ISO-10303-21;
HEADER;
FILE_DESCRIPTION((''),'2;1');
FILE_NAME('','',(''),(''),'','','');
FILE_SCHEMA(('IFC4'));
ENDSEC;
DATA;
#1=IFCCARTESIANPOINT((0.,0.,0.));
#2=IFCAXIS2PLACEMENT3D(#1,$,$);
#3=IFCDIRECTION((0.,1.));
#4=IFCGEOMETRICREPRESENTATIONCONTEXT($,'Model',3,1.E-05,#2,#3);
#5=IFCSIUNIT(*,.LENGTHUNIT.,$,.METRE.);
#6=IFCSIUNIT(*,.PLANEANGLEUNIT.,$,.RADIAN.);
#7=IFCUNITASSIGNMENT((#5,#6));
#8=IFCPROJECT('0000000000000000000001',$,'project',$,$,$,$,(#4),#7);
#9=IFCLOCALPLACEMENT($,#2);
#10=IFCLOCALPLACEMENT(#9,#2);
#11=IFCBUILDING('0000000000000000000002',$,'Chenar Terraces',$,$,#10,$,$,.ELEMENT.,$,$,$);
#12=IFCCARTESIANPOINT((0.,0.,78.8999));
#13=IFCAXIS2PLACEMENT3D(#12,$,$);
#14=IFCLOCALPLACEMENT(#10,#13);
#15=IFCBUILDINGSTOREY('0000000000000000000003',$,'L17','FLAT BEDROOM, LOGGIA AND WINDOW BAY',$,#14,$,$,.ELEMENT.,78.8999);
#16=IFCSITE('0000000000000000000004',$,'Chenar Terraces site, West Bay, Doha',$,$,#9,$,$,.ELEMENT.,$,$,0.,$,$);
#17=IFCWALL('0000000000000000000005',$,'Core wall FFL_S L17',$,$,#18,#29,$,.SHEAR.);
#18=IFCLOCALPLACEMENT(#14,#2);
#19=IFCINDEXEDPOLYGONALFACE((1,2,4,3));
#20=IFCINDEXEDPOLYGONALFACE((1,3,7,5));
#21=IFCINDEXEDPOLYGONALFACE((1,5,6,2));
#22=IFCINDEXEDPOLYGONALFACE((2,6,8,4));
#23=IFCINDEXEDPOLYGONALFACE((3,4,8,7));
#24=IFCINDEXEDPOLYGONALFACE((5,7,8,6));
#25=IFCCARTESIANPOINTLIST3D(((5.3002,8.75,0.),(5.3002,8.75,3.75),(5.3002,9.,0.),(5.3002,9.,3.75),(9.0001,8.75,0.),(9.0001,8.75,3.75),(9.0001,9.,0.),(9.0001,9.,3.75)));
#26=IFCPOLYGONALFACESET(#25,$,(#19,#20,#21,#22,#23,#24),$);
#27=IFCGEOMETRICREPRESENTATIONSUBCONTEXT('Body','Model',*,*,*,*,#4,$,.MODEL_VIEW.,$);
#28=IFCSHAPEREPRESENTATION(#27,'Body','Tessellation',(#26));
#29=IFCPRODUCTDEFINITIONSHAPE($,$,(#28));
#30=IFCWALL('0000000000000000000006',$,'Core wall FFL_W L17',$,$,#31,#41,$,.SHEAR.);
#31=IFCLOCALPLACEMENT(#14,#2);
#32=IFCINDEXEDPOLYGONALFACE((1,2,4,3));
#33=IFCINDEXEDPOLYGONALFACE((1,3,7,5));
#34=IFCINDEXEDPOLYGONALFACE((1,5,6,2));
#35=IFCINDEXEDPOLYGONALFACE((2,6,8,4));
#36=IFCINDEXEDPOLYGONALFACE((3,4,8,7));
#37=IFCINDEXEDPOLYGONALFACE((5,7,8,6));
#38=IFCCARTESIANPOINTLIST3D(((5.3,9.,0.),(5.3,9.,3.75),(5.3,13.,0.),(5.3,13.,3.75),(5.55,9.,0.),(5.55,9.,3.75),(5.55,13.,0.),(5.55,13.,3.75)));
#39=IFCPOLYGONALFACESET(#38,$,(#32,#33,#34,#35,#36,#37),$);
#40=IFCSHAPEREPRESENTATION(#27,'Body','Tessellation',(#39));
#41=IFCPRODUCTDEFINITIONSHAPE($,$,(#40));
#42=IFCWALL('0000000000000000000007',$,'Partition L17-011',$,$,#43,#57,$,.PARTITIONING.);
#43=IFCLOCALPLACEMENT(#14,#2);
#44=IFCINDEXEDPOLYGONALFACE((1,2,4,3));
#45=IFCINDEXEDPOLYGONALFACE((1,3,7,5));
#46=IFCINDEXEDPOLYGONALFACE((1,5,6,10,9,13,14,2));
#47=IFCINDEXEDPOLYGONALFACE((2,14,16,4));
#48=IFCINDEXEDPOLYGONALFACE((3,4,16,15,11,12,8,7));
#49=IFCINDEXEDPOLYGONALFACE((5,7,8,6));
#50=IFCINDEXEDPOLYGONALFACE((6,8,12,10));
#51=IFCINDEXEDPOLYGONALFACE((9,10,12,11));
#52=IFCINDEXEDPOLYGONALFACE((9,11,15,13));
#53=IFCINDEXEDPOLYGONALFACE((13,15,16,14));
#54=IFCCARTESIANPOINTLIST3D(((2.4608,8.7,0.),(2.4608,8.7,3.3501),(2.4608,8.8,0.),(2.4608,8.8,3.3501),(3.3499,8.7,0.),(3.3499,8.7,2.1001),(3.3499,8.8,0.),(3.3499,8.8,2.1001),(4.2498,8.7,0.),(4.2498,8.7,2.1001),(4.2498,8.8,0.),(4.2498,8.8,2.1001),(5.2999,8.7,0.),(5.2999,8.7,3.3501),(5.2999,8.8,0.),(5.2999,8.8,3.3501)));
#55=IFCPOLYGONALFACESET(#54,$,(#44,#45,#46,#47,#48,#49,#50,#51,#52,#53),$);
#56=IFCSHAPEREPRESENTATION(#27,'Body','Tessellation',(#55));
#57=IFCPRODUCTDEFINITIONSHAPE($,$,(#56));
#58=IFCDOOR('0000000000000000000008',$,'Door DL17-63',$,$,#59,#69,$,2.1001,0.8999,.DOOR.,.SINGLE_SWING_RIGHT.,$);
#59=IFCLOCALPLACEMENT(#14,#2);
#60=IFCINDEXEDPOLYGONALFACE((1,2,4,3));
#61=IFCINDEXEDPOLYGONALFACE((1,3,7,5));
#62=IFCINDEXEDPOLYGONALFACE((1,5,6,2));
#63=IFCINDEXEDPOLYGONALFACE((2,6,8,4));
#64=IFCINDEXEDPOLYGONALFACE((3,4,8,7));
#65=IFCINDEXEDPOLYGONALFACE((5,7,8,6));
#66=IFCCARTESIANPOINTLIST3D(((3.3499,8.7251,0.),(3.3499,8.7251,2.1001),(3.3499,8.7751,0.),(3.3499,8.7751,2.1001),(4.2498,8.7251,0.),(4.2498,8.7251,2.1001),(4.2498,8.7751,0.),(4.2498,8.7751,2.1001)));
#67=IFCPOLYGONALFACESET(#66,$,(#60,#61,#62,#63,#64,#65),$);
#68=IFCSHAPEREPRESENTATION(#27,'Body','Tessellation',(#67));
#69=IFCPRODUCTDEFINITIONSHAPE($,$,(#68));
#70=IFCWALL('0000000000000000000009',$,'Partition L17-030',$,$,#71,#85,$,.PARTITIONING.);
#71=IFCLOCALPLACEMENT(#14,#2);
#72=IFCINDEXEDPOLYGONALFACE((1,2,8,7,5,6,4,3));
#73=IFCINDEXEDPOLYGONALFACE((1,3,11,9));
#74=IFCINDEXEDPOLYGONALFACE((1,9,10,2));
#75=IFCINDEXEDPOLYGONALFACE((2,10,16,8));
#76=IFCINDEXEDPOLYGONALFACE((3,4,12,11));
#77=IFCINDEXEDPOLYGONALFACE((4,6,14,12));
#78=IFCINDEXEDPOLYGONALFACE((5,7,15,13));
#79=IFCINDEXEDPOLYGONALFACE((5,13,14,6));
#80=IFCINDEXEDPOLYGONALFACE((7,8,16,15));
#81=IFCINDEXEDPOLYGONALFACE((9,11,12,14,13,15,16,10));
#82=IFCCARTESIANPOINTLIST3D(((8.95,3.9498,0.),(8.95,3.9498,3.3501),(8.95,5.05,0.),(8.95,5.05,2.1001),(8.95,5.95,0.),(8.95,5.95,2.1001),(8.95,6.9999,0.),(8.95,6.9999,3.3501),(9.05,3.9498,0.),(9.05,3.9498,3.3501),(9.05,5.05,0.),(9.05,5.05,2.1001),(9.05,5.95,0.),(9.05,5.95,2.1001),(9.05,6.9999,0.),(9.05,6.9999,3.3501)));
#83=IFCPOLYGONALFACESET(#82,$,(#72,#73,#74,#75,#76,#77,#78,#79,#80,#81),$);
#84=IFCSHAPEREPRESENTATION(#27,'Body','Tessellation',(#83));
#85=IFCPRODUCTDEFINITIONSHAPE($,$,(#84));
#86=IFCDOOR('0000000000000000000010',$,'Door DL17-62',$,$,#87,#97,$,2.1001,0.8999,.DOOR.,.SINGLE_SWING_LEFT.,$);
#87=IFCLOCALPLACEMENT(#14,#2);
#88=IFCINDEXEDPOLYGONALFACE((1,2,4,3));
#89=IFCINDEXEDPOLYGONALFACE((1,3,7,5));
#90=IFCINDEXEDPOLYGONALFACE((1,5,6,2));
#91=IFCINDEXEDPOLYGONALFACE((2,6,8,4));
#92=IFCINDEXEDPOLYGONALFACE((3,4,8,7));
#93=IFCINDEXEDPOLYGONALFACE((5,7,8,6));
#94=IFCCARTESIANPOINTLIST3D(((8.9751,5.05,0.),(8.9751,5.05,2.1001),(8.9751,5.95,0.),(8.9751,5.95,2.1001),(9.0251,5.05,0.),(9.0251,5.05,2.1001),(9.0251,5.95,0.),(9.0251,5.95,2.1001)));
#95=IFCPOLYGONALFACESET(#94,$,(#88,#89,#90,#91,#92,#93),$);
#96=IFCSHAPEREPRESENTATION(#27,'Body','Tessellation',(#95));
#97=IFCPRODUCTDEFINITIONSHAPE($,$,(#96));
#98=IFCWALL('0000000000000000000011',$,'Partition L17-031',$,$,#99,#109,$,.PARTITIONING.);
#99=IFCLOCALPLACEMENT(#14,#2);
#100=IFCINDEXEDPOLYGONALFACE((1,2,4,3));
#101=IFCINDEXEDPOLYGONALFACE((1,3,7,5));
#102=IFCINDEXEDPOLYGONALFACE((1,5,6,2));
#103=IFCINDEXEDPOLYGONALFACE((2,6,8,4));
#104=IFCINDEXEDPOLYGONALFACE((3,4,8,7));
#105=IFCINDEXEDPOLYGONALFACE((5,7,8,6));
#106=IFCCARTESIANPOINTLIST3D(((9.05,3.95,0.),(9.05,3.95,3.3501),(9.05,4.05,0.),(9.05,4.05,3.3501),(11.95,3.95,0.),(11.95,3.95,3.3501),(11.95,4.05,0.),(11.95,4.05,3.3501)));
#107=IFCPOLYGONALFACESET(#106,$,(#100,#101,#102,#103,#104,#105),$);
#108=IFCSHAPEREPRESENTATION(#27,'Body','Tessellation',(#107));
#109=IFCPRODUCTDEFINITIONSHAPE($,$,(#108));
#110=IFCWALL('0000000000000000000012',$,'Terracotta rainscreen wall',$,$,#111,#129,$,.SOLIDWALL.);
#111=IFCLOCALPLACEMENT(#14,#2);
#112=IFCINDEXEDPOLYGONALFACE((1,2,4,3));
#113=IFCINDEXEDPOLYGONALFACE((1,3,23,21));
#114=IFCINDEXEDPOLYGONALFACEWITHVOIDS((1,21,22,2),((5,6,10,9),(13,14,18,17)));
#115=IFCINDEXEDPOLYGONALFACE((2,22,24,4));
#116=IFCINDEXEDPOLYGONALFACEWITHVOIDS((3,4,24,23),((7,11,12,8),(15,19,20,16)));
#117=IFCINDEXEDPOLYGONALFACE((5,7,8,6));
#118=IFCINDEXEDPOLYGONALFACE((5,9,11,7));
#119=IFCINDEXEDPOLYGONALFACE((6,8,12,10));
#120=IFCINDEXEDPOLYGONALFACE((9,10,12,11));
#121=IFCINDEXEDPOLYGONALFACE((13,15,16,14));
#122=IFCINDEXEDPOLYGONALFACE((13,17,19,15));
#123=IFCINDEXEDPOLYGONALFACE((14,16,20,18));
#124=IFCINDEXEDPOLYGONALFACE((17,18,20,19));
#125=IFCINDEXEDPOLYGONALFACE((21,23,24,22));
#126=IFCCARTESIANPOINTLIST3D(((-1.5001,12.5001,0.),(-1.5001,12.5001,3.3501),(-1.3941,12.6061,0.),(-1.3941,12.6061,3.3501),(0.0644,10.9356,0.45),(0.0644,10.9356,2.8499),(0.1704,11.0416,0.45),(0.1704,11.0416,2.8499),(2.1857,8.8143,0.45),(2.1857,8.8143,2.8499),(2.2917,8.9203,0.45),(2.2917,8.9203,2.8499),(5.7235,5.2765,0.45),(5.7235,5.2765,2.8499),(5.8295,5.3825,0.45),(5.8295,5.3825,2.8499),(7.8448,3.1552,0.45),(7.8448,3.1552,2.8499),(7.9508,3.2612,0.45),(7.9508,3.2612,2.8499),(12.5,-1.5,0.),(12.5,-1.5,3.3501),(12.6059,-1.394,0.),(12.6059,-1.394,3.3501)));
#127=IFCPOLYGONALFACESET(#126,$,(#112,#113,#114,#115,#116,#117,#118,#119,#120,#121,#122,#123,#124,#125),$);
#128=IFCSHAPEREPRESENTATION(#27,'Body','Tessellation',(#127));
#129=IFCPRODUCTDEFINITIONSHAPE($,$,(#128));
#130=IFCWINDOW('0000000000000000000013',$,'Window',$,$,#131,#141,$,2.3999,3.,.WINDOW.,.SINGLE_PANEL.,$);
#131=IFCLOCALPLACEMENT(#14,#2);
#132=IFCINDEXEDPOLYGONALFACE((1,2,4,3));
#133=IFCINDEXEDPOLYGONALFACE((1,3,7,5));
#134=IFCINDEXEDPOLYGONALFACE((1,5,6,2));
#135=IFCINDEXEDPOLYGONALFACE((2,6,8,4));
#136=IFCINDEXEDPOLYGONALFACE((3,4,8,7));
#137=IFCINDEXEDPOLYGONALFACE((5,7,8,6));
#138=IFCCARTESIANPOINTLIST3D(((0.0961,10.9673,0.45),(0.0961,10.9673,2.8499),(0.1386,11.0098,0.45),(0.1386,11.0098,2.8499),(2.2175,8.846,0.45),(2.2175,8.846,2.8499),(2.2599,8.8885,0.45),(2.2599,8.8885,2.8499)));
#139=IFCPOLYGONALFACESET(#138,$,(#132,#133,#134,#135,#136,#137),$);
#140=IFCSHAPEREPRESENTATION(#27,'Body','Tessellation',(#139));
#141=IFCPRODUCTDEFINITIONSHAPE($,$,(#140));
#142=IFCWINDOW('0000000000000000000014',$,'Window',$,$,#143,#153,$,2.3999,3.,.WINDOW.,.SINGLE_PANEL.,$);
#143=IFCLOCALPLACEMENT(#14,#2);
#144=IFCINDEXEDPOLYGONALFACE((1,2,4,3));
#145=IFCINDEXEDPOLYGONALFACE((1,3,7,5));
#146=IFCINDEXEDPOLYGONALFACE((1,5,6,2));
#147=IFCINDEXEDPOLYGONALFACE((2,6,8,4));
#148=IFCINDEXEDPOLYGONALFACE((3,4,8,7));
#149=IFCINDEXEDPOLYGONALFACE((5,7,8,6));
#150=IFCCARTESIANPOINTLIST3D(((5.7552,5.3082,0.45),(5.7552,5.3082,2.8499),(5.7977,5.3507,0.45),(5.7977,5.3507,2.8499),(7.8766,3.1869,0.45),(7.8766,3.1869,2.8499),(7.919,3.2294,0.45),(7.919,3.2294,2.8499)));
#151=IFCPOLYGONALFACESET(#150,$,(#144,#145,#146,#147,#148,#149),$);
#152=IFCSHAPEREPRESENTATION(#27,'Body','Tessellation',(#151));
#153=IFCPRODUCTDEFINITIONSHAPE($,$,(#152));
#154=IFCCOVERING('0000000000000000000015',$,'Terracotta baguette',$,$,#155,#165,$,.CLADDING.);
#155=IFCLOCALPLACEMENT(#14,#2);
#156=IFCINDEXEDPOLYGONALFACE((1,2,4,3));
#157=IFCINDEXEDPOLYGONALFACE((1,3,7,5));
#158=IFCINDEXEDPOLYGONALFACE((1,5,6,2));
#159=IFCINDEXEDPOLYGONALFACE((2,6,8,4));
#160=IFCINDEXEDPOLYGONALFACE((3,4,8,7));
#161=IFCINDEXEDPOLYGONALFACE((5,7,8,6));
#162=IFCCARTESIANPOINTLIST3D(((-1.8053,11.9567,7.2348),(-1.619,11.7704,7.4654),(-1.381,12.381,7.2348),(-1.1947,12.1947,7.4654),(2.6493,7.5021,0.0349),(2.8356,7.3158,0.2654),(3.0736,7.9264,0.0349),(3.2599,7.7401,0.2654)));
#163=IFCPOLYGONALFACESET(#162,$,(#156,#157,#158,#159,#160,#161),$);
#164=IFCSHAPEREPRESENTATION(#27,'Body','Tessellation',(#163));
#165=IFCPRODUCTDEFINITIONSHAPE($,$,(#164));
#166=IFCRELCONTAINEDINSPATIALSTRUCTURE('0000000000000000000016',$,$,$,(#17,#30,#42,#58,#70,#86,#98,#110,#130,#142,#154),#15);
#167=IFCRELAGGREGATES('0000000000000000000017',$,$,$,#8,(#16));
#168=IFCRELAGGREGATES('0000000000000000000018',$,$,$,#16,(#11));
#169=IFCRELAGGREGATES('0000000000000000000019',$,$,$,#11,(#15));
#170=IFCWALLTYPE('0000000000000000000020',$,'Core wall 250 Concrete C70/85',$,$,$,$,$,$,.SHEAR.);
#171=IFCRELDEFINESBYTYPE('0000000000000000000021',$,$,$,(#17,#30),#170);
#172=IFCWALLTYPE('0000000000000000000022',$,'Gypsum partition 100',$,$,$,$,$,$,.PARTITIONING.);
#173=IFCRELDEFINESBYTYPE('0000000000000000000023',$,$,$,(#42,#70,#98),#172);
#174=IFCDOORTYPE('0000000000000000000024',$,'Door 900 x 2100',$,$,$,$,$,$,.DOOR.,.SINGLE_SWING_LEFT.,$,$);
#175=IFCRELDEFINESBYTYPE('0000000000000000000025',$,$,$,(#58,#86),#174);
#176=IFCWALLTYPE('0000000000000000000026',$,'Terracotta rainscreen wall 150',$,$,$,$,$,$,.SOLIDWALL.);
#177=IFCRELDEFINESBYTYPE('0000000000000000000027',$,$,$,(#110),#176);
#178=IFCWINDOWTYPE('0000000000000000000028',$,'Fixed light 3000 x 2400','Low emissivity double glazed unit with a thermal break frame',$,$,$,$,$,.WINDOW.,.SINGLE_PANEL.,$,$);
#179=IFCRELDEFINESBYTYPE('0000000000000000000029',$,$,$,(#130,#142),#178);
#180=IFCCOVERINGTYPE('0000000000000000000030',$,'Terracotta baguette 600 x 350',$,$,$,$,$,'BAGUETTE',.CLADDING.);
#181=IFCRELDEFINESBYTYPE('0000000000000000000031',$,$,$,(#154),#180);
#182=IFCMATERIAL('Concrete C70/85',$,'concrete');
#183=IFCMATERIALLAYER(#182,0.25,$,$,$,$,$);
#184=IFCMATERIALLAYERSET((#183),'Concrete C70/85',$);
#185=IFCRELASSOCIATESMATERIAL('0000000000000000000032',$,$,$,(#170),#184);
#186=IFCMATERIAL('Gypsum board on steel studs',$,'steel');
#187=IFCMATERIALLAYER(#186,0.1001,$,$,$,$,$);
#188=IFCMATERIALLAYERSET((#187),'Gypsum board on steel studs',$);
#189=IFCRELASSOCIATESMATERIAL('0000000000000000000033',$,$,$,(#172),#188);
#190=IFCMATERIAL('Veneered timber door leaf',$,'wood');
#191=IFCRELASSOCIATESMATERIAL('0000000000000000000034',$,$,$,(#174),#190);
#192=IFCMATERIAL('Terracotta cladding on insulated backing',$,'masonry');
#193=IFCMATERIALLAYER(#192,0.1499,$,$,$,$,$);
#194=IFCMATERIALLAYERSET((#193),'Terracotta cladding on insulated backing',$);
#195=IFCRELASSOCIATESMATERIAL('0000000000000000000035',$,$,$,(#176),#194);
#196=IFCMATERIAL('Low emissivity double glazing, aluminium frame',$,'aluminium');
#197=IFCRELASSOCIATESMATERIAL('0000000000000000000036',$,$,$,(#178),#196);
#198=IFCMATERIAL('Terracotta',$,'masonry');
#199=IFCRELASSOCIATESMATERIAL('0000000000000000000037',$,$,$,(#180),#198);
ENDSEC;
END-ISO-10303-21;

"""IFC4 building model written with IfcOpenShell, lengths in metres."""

from ifc_helpers import new_model, si_unit, direction, frame, frame_2d, origin, origin_2d, place, context, subcontext, project, spatial, rectangle, extrude, material, layer, layer_set, material_profile, profile_set, type_object, element, fill, save


model = new_model("IFC4")

# Units and contexts
model_context = context("Model", 3, precision=1e-05, world=origin(), true_north=direction((0.0, 1.0)))
body_context = subcontext(model_context, "Body", "Model", "MODEL_VIEW")
ifc_project = project(units=[si_unit("LENGTHUNIT", "METRE"), si_unit("PLANEANGLEUNIT", "RADIAN")], contexts=[model_context])

# Site, building, storey
site_placement = place(None, origin())
site = spatial("IfcSite", under=ifc_project, at=site_placement, Name="Chenar Terraces site, West Bay, Doha", CompositionType="ELEMENT", RefElevation=0.0)
building_placement = place(site_placement, origin())
building = spatial("IfcBuilding", under=site, at=building_placement, Name="Chenar Terraces", CompositionType="ELEMENT")
storey_placement = place(building_placement, frame((0.0, 0.0, 78.8999)))
storey = spatial("IfcBuildingStorey", under=building, at=storey_placement, Name="L17", Description="FLAT BEDROOM, LOGGIA AND WINDOW BAY", CompositionType="ELEMENT", Elevation=78.8999)

# Shared definitions
ifc_material_1 = material(Name="Concrete C70/85", Category="concrete")
ifc_layer_1 = layer(ifc_material_1, 0.25)
ifc_layer_set_1 = layer_set([ifc_layer_1], Name="Concrete C70/85")
wall_type_1 = type_object("IfcWallType", Name="Core wall 250 Concrete C70/85", PredefinedType="SHEAR", material=ifc_layer_set_1)

# Walls
wall_1_placement = place(storey_placement, frame((5.3, 8.875, 0.0), z_axis=(0.0, 0.0, 1.0), x_axis=(1.0, 0.0, 0.0)))
element("IfcWall", 1, at=wall_1_placement, inside=storey, type_object=wall_type_1, Name="Core wall FFL_S L17", PredefinedType="SHEAR", context=body_context, shape_type="SweptSolid", body=[
    extrude(rectangle(XDim=3.7, YDim=0.25, at=frame_2d((1.8501, 0.0))), origin(), (0.0, 0.0, 1.0), 3.75),
])
wall_2_placement = place(storey_placement, frame((5.425, 9.0, 0.0), z_axis=(0.0, 0.0, 1.0), x_axis=(0.0, 1.0, 0.0)))
element("IfcWall", 2, at=wall_2_placement, inside=storey, type_object=wall_type_1, Name="Core wall FFL_W L17", PredefinedType="SHEAR", context=body_context, shape_type="SweptSolid", body=[
    extrude(rectangle(XDim=4.0, YDim=0.25, at=frame_2d((2.0, 0.0))), origin(), (0.0, 0.0, 1.0), 3.75),
])

# Walls, openings, doors
ifc_material_2 = material(Name="Gypsum board on steel studs", Category="steel")
ifc_layer_2 = layer(ifc_material_2, 0.1001)
ifc_layer_set_2 = layer_set([ifc_layer_2], Name="Gypsum board on steel studs")
wall_type_2 = type_object("IfcWallType", Name="Gypsum partition 100", PredefinedType="PARTITIONING", material=ifc_layer_set_2)
wall_3_placement = place(storey_placement, frame((2.4609, 8.75, 0.0), z_axis=(0.0, 0.0, 1.0), x_axis=(1.0, 0.0, 0.0)))
wall_3 = element("IfcWall", 3, at=wall_3_placement, inside=storey, type_object=wall_type_2, Name="Partition L17-011", PredefinedType="PARTITIONING", context=body_context, shape_type="SweptSolid", body=[
    extrude(rectangle(XDim=2.8391, YDim=0.1001, at=frame_2d((1.4194, 0.0))), origin(), (0.0, 0.0, 1.0), 3.3501),
])
opening_1_placement = place(wall_3_placement, frame((0.8889, 0.0, 0.0)))
opening_1 = element("IfcOpeningElement", 4, at=opening_1_placement, cuts=wall_3, PredefinedType="OPENING", context=body_context, shape_type="SweptSolid", body=[
    extrude(rectangle(XDim=0.8999, YDim=2.1001, at=frame_2d((0.45, 1.05))), frame((0.0, 0.0601, 0.0), z_axis=(0.0, -1.0, 0.0), x_axis=(1.0, 0.0, 0.0)), (0.0, 0.0, 1.0), 0.1201),
])
ifc_material_3 = material(Name="Veneered timber door leaf", Category="wood")
door_type_1 = type_object("IfcDoorType", Name="Door 900 x 2100", OperationType="SINGLE_SWING_LEFT", PredefinedType="DOOR", material=ifc_material_3)
door_1_placement = place(opening_1_placement, frame((0.8999, 0.0, 0.0), z_axis=(0.0, 0.0, 1.0), x_axis=(-1.0, 0.0, 0.0)))
door_1 = element("IfcDoor", 5, at=door_1_placement, inside=storey, type_object=door_type_1, Name="Door DL17-63", OperationType="SINGLE_SWING_RIGHT", OverallHeight=2.1001, OverallWidth=0.8999, PredefinedType="DOOR", context=body_context, shape_type="SweptSolid", body=[
    extrude(rectangle(XDim=0.8999, YDim=2.1001, at=frame_2d((0.45, 1.05))), frame((0.0, 0.0249, 0.0), z_axis=(0.0, -1.0, 0.0), x_axis=(1.0, 0.0, 0.0)), (0.0, 0.0, 1.0), 0.05),
])
fill(opening_1, door_1)
wall_4_placement = place(storey_placement, frame((9.0, 3.95, 0.0), z_axis=(0.0, 0.0, 1.0), x_axis=(0.0, 1.0, 0.0)))
wall_4 = element("IfcWall", 6, at=wall_4_placement, inside=storey, type_object=wall_type_2, Name="Partition L17-030", PredefinedType="PARTITIONING", context=body_context, shape_type="SweptSolid", body=[
    extrude(rectangle(XDim=3.05, YDim=0.1001, at=frame_2d((1.5249, 0.0))), origin(), (0.0, 0.0, 1.0), 3.3501),
])
opening_2_placement = place(wall_4_placement, frame((1.1001, 0.0, 0.0)))
opening_2 = element("IfcOpeningElement", 7, at=opening_2_placement, cuts=wall_4, PredefinedType="OPENING", context=body_context, shape_type="SweptSolid", body=[
    extrude(rectangle(XDim=0.8999, YDim=2.1001, at=frame_2d((0.45, 1.05))), frame((0.0, 0.0601, 0.0), z_axis=(0.0, -1.0, 0.0), x_axis=(1.0, 0.0, 0.0)), (0.0, 0.0, 1.0), 0.1201),
])
door_2_placement = place(opening_2_placement, origin())
door_2 = element("IfcDoor", 8, at=door_2_placement, inside=storey, type_object=door_type_1, Name="Door DL17-62", OperationType="SINGLE_SWING_LEFT", OverallHeight=2.1001, OverallWidth=0.8999, PredefinedType="DOOR", context=body_context, shape_type="SweptSolid", body=[
    extrude(rectangle(XDim=0.8999, YDim=2.1001, at=frame_2d((0.45, 1.05))), frame((0.0, 0.0249, 0.0), z_axis=(0.0, -1.0, 0.0), x_axis=(1.0, 0.0, 0.0)), (0.0, 0.0, 1.0), 0.05),
])
fill(opening_2, door_2)

# Wall
wall_5_placement = place(storey_placement, frame((9.05, 4.0, 0.0), z_axis=(0.0, 0.0, 1.0), x_axis=(1.0, 0.0, 0.0)))
element("IfcWall", 9, at=wall_5_placement, inside=storey, type_object=wall_type_2, Name="Partition L17-031", PredefinedType="PARTITIONING", context=body_context, shape_type="SweptSolid", body=[
    extrude(rectangle(XDim=2.8999, YDim=0.1001, at=frame_2d((1.45, 0.0))), origin(), (0.0, 0.0, 1.0), 3.3501),
])

# Wall, openings, windows
ifc_material_4 = material(Name="Terracotta cladding on insulated backing", Category="masonry")
ifc_layer_3 = layer(ifc_material_4, 0.1499)
ifc_layer_set_3 = layer_set([ifc_layer_3], Name="Terracotta cladding on insulated backing")
wall_type_3 = type_object("IfcWallType", Name="Terracotta rainscreen wall 150", PredefinedType="SOLIDWALL", material=ifc_layer_set_3)
wall_6_placement = place(storey_placement, frame((-1.447, 12.553, 0.0), z_axis=(0.0, 0.0, 1.0), x_axis=(0.707107, -0.707107, 0.0)))
wall_6 = element("IfcWall", 10, at=wall_6_placement, inside=storey, type_object=wall_type_3, Name="Terracotta rainscreen wall", PredefinedType="SOLIDWALL", context=body_context, shape_type="SweptSolid", body=[
    extrude(rectangle(XDim=19.7991, YDim=0.1499, at=frame_2d((9.8994, 0.0))), origin(), (0.0, 0.0, 1.0), 3.3501),
])
opening_3_placement = place(wall_6_placement, frame((2.2124, 0.0, 0.45)))
opening_3 = element("IfcOpeningElement", 11, at=opening_3_placement, cuts=wall_6, PredefinedType="OPENING", context=body_context, shape_type="SweptSolid", body=[
    extrude(rectangle(XDim=3.0, YDim=2.3999, at=frame_2d((1.5, 1.2))), frame((0.0, 0.085, 0.0), z_axis=(0.0, -1.0, 0.0), x_axis=(1.0, 0.0, 0.0)), (0.0, 0.0, 1.0), 0.1699),
])
opening_4_placement = place(wall_6_placement, frame((10.2156, 0.0, 0.45)))
opening_4 = element("IfcOpeningElement", 12, at=opening_4_placement, cuts=wall_6, PredefinedType="OPENING", context=body_context, shape_type="SweptSolid", body=[
    extrude(rectangle(XDim=3.0, YDim=2.3999, at=frame_2d((1.5, 1.2))), frame((0.0, 0.085, 0.0), z_axis=(0.0, -1.0, 0.0), x_axis=(1.0, 0.0, 0.0)), (0.0, 0.0, 1.0), 0.1699),
])
ifc_material_5 = material(Name="Low emissivity double glazing, aluminium frame", Category="aluminium")
window_type = type_object("IfcWindowType", Name="Fixed light 3000 x 2400", Description="Low emissivity double glazed unit with a thermal break frame", PartitioningType="SINGLE_PANEL", PredefinedType="WINDOW", material=ifc_material_5)
window_1_placement = place(opening_3_placement, origin())
window_1 = element("IfcWindow", 13, at=window_1_placement, inside=storey, type_object=window_type, Name="Window", OverallHeight=2.3999, OverallWidth=3.0, PartitioningType="SINGLE_PANEL", PredefinedType="WINDOW", context=body_context, shape_type="SweptSolid", body=[
    extrude(rectangle(XDim=3.0, YDim=2.3999, at=frame_2d((1.5, 1.2))), frame((0.0, 0.03, 0.0), z_axis=(0.0, -1.0, 0.0), x_axis=(1.0, 0.0, 0.0)), (0.0, 0.0, 1.0), 0.0601),
])
fill(opening_3, window_1)
window_2_placement = place(opening_4_placement, origin())
window_2 = element("IfcWindow", 14, at=window_2_placement, inside=storey, type_object=window_type, Name="Window", OverallHeight=2.3999, OverallWidth=3.0, PartitioningType="SINGLE_PANEL", PredefinedType="WINDOW", context=body_context, shape_type="SweptSolid", body=[
    extrude(rectangle(XDim=3.0, YDim=2.3999, at=frame_2d((1.5, 1.2))), frame((0.0, 0.03, 0.0), z_axis=(0.0, -1.0, 0.0), x_axis=(1.0, 0.0, 0.0)), (0.0, 0.0, 1.0), 0.0601),
])
fill(opening_4, window_2)

# Covering
ifc_material_6 = material(Name="Terracotta", Category="masonry")
ifc_material_profile = material_profile(ifc_material_6, rectangle(XDim=0.6001, YDim=0.3501, at=origin_2d()), Name="Terracotta baguette 600 x 350")
ifc_profile_set = profile_set([ifc_material_profile], Name="Terracotta")
covering_type = type_object("IfcCoveringType", Name="Terracotta baguette 600 x 350", ElementType="BAGUETTE", PredefinedType="CLADDING", material=ifc_profile_set)
covering_1_placement = place(storey_placement, frame((-1.5, 12.0757, 7.3501), z_axis=(0.465624, -0.465624, -0.752588), x_axis=(0.707107, 0.707107, 0.0)))
element("IfcCovering", 15, at=covering_1_placement, inside=storey, type_object=covering_type, Name="Terracotta baguette", PredefinedType="CLADDING", context=body_context, shape_type="SweptSolid", body=[
    extrude(rectangle(XDim=0.6001, YDim=0.3501, at=origin_2d()), origin(), (0.0, 0.0, 1.0), 9.5669),
])

save(model, "model.ifc")
